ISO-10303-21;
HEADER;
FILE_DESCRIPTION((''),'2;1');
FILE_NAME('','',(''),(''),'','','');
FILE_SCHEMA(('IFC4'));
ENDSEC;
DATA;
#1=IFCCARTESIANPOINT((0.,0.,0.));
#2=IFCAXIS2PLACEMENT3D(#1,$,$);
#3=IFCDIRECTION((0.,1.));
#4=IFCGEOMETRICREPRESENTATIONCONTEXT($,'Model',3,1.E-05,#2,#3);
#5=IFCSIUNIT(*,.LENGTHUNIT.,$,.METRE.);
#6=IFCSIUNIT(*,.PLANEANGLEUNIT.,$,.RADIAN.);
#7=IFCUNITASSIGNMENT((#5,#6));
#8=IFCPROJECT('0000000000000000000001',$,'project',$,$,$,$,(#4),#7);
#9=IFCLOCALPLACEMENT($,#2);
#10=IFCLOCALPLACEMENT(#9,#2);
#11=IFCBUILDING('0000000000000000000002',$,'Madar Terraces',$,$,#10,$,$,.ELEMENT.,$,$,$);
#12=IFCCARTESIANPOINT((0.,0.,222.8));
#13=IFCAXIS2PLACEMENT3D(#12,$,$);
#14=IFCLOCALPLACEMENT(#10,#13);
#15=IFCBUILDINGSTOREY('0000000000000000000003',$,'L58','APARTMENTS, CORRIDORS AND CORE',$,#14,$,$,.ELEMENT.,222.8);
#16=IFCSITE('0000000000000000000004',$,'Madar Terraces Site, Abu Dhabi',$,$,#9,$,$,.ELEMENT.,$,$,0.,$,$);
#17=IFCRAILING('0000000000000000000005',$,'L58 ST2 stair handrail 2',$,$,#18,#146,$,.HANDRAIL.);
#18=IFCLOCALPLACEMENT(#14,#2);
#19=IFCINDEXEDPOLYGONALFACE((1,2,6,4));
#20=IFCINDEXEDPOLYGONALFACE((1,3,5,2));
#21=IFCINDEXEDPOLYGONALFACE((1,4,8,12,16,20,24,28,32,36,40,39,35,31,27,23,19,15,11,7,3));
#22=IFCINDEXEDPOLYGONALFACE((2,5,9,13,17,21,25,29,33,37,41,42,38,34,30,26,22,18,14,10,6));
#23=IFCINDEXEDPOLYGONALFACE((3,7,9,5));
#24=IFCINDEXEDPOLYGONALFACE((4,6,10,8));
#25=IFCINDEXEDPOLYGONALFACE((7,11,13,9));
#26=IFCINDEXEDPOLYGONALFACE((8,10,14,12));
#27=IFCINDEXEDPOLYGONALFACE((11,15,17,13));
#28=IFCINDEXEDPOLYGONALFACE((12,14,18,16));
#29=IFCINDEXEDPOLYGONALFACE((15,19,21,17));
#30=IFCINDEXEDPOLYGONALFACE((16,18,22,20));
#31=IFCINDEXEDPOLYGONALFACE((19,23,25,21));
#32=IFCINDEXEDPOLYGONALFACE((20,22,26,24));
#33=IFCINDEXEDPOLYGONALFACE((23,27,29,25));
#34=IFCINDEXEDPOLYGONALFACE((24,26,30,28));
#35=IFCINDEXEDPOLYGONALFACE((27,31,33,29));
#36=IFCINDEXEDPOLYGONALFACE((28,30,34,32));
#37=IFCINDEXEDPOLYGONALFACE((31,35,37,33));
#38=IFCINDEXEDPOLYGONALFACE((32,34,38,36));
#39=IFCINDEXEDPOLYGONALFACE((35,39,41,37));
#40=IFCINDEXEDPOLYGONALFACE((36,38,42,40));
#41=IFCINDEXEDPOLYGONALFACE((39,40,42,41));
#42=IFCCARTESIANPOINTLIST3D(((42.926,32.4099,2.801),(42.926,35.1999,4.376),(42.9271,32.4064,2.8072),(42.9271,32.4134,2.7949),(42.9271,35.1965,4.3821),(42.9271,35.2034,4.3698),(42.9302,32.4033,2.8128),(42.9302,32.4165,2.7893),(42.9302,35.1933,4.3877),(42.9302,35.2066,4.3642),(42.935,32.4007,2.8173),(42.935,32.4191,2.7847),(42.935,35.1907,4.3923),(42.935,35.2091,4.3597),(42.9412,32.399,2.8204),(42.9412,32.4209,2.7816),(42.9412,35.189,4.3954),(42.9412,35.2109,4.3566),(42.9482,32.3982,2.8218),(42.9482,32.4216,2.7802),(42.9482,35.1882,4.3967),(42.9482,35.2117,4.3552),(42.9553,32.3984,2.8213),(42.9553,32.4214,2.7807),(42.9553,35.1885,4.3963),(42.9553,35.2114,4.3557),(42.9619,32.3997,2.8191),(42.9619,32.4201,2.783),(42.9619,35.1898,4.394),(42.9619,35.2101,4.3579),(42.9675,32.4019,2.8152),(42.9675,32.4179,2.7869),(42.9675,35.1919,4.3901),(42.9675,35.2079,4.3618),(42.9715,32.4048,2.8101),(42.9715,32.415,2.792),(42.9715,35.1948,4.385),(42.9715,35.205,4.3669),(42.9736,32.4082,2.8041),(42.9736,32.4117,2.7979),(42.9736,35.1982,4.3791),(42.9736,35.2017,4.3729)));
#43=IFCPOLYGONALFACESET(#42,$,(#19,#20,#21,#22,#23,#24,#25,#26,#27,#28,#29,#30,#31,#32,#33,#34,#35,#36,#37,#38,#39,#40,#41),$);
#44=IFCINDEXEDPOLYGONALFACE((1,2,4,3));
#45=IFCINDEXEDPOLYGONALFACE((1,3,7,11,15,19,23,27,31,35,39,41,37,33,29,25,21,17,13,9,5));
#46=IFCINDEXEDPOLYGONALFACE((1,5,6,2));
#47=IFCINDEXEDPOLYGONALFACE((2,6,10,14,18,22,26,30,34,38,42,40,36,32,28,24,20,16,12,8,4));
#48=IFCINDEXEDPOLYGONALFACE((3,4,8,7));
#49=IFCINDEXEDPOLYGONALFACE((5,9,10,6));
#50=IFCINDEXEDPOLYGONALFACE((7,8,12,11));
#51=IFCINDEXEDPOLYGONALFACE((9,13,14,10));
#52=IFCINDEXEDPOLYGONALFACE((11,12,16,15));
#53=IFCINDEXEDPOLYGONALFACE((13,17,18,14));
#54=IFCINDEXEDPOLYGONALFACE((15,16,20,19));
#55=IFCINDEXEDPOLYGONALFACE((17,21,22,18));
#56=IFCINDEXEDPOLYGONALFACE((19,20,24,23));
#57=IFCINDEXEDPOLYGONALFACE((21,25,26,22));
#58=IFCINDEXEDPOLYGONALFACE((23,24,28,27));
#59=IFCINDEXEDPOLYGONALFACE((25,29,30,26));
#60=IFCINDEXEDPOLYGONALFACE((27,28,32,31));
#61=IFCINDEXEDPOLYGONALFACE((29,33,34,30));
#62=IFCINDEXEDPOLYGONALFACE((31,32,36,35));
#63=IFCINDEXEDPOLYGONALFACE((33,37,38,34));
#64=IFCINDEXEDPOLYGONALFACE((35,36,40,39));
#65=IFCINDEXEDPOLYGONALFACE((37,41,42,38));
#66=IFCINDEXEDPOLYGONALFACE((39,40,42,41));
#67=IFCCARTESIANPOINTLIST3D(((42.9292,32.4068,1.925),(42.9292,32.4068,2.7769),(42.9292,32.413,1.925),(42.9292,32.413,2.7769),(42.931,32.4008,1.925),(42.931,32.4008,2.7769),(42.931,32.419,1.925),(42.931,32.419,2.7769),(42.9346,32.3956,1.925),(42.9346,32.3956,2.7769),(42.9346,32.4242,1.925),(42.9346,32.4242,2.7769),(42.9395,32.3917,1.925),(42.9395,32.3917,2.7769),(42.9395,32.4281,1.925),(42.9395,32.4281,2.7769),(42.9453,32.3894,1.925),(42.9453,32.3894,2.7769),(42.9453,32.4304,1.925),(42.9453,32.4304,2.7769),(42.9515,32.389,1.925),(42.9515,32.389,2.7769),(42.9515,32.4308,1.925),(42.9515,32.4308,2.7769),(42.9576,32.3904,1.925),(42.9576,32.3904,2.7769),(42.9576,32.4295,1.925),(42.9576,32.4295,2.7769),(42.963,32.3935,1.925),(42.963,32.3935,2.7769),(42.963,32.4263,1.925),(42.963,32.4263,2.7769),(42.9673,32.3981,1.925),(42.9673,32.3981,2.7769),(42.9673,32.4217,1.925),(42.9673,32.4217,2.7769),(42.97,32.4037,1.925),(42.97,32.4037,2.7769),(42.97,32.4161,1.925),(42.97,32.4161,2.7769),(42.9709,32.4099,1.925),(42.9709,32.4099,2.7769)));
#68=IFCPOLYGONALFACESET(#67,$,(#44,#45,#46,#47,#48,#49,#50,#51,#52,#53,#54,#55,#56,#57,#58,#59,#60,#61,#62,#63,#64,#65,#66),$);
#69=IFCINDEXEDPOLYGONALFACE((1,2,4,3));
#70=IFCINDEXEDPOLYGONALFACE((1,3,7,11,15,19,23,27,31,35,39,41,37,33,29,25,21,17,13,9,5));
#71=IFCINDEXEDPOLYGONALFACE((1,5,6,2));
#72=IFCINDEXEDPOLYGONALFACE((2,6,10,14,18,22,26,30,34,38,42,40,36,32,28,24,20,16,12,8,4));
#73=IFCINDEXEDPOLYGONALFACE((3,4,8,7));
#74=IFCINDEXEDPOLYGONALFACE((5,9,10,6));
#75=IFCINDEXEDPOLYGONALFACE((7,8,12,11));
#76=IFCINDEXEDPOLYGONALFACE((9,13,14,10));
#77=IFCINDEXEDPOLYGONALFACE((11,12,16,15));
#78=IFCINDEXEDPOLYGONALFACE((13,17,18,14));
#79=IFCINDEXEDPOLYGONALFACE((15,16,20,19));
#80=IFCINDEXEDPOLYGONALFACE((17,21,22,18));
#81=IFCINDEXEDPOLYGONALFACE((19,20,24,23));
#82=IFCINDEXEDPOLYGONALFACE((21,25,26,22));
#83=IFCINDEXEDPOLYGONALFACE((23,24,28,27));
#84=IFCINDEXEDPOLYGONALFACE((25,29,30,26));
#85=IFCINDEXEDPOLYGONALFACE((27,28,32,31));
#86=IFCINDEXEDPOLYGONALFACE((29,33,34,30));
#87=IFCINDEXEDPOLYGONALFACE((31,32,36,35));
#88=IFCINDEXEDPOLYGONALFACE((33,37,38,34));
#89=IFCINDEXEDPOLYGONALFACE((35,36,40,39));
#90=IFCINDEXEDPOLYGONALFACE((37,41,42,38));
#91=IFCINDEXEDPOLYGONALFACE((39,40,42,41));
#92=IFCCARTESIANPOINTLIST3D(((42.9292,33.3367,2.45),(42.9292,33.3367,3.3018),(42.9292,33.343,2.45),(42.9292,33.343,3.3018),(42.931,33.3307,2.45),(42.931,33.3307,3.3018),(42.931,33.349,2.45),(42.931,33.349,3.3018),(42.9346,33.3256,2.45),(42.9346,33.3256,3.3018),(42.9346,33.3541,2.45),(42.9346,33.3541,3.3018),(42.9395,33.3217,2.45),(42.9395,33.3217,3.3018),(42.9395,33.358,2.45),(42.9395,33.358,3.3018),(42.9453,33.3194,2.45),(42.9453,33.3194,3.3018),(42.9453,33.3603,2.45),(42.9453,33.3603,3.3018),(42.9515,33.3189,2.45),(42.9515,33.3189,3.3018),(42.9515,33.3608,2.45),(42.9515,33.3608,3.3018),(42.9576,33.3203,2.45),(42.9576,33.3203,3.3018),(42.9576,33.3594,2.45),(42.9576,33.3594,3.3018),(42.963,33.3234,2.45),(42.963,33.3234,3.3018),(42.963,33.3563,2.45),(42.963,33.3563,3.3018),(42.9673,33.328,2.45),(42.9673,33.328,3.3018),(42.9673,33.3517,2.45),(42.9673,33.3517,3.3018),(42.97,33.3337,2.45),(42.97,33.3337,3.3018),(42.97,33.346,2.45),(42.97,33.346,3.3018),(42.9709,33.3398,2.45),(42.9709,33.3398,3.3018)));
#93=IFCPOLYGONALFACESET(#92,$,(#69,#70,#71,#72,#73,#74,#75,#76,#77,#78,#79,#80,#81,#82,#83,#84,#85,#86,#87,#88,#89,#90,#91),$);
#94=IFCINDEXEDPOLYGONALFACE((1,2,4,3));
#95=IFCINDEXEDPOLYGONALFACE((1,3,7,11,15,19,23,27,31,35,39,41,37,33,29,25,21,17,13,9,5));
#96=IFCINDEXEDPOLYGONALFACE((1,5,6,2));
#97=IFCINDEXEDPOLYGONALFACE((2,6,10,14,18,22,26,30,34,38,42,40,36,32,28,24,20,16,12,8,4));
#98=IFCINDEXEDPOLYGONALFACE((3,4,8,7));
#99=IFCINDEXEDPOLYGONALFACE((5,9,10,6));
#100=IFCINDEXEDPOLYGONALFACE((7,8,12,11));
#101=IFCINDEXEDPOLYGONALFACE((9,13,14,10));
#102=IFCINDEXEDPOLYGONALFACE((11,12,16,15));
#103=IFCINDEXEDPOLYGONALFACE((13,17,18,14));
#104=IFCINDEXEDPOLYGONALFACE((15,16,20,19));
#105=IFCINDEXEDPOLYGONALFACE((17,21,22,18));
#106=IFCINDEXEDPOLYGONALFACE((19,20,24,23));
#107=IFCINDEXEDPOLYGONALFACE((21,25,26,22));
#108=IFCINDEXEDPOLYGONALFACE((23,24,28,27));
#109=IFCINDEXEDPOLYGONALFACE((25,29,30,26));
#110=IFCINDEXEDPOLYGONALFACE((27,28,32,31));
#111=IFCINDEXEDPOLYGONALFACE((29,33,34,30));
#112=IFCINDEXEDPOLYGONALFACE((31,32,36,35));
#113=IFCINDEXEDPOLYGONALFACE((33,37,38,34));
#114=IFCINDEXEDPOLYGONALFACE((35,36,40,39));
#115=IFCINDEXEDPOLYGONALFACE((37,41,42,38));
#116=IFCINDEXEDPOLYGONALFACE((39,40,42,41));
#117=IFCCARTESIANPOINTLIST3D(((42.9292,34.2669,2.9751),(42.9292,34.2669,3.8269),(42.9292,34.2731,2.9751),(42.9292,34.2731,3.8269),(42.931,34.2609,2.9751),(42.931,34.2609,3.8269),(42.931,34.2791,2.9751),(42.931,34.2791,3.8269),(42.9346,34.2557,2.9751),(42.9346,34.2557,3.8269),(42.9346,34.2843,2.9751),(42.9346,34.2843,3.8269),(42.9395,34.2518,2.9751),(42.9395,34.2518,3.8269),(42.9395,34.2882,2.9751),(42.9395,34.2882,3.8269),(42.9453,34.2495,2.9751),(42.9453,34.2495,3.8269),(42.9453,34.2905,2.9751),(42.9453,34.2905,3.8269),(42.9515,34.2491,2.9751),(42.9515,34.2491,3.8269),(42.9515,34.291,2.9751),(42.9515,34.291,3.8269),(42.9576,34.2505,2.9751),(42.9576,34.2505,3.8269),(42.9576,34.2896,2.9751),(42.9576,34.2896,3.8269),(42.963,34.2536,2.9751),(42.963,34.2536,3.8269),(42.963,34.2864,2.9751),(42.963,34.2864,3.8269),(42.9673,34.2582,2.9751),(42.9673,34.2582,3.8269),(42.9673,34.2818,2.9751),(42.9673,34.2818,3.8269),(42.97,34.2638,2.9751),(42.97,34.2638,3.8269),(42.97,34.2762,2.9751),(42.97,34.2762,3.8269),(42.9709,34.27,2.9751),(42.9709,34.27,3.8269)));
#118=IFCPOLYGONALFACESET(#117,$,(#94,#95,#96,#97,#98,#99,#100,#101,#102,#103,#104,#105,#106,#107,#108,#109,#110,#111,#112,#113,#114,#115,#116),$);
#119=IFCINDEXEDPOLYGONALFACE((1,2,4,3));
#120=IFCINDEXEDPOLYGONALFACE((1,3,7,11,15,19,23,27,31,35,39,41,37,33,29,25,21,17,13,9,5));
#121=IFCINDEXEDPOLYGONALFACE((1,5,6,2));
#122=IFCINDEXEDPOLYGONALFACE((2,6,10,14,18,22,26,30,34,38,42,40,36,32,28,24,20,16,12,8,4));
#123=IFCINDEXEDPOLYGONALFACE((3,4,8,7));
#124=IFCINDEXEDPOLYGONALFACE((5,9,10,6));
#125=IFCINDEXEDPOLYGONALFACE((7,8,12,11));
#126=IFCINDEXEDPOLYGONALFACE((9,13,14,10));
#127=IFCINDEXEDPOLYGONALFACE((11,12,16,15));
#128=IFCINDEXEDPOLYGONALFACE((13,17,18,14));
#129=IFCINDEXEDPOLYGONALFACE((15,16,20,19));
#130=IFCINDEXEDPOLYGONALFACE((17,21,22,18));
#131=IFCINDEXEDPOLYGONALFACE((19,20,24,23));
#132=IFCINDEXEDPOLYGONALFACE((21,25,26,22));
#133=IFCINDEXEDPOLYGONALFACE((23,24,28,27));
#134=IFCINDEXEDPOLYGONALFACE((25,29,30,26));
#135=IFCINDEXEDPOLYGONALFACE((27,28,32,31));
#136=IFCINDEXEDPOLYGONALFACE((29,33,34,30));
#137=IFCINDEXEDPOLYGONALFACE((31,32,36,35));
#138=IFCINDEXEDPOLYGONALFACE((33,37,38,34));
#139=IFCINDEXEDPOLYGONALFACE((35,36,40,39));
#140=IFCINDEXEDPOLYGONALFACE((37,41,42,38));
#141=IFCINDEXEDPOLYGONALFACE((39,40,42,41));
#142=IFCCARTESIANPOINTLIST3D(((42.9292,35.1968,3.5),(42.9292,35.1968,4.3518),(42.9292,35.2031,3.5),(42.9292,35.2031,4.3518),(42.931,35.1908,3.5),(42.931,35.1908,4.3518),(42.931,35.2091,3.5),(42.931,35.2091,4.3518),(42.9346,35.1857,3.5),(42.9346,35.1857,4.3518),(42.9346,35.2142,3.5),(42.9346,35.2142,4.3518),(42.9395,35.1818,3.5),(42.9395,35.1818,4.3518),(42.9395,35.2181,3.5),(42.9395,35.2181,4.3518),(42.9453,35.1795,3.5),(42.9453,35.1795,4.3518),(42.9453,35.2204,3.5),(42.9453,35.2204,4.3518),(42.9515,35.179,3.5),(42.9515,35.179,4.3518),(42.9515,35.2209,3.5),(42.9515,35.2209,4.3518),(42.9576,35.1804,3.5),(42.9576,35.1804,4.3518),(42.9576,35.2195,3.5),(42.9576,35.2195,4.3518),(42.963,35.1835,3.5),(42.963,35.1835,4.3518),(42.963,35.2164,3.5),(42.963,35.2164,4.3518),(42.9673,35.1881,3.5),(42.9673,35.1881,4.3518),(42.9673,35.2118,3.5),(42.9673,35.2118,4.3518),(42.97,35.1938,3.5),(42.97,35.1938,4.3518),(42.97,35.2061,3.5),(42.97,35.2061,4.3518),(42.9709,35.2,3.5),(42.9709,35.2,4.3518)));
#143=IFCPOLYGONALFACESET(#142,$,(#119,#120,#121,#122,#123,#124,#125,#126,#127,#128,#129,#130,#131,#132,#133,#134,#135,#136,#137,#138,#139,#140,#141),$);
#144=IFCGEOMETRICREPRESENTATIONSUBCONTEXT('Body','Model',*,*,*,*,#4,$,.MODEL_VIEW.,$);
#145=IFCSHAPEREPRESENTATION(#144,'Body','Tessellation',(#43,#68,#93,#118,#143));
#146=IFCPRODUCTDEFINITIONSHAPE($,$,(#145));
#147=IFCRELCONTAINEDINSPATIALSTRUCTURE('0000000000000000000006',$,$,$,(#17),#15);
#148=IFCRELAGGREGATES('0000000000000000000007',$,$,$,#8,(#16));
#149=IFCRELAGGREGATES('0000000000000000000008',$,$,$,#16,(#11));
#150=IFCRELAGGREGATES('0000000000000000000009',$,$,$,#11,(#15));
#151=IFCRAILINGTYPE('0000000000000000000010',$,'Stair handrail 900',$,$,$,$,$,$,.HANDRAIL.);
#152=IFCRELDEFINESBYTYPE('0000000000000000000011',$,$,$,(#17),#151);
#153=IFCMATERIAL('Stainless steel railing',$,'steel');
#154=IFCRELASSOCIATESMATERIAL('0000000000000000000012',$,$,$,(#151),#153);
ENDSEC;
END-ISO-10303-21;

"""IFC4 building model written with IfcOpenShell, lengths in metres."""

from ifc_helpers import new_model, si_unit, direction, frame, origin, origin_2d, place, context, subcontext, project, spatial, circle, extrude, material, type_object, element, save


model = new_model("IFC4")

# Units and contexts
model_context = context("Model", 3, precision=1e-05, world=origin(), true_north=direction((0.0, 1.0)))
body_context = subcontext(model_context, "Body", "Model", "MODEL_VIEW")
ifc_project = project(units=[si_unit("LENGTHUNIT", "METRE"), si_unit("PLANEANGLEUNIT", "RADIAN")], contexts=[model_context])

# Site, building, storey
site_placement = place(None, origin())
site = spatial("IfcSite", under=ifc_project, at=site_placement, Name="Madar Terraces Site, Abu Dhabi", CompositionType="ELEMENT", RefElevation=0.0)
building_placement = place(site_placement, origin())
building = spatial("IfcBuilding", under=site, at=building_placement, Name="Madar Terraces", CompositionType="ELEMENT")
storey_placement = place(building_placement, frame((0.0, 0.0, 222.8)))
storey = spatial("IfcBuildingStorey", under=building, at=storey_placement, Name="L58", Description="APARTMENTS, CORRIDORS AND CORE", CompositionType="ELEMENT", Elevation=222.8)

# Railing
ifc_material_1 = material(Name="Stainless steel railing", Category="steel")
railing_type_1 = type_object("IfcRailingType", Name="Stair handrail 900", PredefinedType="HANDRAIL", material=ifc_material_1)
railing_1_placement = place(storey_placement, frame((42.95, 32.4099, 1.925)))
element("IfcRailing", 1, at=railing_1_placement, inside=storey, type_object=railing_type_1, Name="L58 ST2 stair handrail 2", PredefinedType="HANDRAIL", context=body_context, shape_type="SweptSolid", body=[
    extrude(circle(Radius=0.0239, at=origin_2d()), frame((0.0, 0.0, 0.876), z_axis=(0.0, 0.870834, 0.491578), x_axis=(-1.0, 0.0, 0.0)), (0.0, 0.0, 1.0), 3.2039),
    extrude(circle(Radius=0.021, at=origin_2d()), origin(), (0.0, 0.0, 1.0), 0.8518),
    extrude(circle(Radius=0.021, at=origin_2d()), frame((0.0, 0.9299, 0.5249)), (0.0, 0.0, 1.0), 0.8518),
    extrude(circle(Radius=0.021, at=origin_2d()), frame((0.0, 1.8601, 1.05)), (0.0, 0.0, 1.0), 0.8518),
    extrude(circle(Radius=0.021, at=origin_2d()), frame((0.0, 2.79, 1.575)), (0.0, 0.0, 1.0), 0.8518),
])

save(model, "model.ifc")
